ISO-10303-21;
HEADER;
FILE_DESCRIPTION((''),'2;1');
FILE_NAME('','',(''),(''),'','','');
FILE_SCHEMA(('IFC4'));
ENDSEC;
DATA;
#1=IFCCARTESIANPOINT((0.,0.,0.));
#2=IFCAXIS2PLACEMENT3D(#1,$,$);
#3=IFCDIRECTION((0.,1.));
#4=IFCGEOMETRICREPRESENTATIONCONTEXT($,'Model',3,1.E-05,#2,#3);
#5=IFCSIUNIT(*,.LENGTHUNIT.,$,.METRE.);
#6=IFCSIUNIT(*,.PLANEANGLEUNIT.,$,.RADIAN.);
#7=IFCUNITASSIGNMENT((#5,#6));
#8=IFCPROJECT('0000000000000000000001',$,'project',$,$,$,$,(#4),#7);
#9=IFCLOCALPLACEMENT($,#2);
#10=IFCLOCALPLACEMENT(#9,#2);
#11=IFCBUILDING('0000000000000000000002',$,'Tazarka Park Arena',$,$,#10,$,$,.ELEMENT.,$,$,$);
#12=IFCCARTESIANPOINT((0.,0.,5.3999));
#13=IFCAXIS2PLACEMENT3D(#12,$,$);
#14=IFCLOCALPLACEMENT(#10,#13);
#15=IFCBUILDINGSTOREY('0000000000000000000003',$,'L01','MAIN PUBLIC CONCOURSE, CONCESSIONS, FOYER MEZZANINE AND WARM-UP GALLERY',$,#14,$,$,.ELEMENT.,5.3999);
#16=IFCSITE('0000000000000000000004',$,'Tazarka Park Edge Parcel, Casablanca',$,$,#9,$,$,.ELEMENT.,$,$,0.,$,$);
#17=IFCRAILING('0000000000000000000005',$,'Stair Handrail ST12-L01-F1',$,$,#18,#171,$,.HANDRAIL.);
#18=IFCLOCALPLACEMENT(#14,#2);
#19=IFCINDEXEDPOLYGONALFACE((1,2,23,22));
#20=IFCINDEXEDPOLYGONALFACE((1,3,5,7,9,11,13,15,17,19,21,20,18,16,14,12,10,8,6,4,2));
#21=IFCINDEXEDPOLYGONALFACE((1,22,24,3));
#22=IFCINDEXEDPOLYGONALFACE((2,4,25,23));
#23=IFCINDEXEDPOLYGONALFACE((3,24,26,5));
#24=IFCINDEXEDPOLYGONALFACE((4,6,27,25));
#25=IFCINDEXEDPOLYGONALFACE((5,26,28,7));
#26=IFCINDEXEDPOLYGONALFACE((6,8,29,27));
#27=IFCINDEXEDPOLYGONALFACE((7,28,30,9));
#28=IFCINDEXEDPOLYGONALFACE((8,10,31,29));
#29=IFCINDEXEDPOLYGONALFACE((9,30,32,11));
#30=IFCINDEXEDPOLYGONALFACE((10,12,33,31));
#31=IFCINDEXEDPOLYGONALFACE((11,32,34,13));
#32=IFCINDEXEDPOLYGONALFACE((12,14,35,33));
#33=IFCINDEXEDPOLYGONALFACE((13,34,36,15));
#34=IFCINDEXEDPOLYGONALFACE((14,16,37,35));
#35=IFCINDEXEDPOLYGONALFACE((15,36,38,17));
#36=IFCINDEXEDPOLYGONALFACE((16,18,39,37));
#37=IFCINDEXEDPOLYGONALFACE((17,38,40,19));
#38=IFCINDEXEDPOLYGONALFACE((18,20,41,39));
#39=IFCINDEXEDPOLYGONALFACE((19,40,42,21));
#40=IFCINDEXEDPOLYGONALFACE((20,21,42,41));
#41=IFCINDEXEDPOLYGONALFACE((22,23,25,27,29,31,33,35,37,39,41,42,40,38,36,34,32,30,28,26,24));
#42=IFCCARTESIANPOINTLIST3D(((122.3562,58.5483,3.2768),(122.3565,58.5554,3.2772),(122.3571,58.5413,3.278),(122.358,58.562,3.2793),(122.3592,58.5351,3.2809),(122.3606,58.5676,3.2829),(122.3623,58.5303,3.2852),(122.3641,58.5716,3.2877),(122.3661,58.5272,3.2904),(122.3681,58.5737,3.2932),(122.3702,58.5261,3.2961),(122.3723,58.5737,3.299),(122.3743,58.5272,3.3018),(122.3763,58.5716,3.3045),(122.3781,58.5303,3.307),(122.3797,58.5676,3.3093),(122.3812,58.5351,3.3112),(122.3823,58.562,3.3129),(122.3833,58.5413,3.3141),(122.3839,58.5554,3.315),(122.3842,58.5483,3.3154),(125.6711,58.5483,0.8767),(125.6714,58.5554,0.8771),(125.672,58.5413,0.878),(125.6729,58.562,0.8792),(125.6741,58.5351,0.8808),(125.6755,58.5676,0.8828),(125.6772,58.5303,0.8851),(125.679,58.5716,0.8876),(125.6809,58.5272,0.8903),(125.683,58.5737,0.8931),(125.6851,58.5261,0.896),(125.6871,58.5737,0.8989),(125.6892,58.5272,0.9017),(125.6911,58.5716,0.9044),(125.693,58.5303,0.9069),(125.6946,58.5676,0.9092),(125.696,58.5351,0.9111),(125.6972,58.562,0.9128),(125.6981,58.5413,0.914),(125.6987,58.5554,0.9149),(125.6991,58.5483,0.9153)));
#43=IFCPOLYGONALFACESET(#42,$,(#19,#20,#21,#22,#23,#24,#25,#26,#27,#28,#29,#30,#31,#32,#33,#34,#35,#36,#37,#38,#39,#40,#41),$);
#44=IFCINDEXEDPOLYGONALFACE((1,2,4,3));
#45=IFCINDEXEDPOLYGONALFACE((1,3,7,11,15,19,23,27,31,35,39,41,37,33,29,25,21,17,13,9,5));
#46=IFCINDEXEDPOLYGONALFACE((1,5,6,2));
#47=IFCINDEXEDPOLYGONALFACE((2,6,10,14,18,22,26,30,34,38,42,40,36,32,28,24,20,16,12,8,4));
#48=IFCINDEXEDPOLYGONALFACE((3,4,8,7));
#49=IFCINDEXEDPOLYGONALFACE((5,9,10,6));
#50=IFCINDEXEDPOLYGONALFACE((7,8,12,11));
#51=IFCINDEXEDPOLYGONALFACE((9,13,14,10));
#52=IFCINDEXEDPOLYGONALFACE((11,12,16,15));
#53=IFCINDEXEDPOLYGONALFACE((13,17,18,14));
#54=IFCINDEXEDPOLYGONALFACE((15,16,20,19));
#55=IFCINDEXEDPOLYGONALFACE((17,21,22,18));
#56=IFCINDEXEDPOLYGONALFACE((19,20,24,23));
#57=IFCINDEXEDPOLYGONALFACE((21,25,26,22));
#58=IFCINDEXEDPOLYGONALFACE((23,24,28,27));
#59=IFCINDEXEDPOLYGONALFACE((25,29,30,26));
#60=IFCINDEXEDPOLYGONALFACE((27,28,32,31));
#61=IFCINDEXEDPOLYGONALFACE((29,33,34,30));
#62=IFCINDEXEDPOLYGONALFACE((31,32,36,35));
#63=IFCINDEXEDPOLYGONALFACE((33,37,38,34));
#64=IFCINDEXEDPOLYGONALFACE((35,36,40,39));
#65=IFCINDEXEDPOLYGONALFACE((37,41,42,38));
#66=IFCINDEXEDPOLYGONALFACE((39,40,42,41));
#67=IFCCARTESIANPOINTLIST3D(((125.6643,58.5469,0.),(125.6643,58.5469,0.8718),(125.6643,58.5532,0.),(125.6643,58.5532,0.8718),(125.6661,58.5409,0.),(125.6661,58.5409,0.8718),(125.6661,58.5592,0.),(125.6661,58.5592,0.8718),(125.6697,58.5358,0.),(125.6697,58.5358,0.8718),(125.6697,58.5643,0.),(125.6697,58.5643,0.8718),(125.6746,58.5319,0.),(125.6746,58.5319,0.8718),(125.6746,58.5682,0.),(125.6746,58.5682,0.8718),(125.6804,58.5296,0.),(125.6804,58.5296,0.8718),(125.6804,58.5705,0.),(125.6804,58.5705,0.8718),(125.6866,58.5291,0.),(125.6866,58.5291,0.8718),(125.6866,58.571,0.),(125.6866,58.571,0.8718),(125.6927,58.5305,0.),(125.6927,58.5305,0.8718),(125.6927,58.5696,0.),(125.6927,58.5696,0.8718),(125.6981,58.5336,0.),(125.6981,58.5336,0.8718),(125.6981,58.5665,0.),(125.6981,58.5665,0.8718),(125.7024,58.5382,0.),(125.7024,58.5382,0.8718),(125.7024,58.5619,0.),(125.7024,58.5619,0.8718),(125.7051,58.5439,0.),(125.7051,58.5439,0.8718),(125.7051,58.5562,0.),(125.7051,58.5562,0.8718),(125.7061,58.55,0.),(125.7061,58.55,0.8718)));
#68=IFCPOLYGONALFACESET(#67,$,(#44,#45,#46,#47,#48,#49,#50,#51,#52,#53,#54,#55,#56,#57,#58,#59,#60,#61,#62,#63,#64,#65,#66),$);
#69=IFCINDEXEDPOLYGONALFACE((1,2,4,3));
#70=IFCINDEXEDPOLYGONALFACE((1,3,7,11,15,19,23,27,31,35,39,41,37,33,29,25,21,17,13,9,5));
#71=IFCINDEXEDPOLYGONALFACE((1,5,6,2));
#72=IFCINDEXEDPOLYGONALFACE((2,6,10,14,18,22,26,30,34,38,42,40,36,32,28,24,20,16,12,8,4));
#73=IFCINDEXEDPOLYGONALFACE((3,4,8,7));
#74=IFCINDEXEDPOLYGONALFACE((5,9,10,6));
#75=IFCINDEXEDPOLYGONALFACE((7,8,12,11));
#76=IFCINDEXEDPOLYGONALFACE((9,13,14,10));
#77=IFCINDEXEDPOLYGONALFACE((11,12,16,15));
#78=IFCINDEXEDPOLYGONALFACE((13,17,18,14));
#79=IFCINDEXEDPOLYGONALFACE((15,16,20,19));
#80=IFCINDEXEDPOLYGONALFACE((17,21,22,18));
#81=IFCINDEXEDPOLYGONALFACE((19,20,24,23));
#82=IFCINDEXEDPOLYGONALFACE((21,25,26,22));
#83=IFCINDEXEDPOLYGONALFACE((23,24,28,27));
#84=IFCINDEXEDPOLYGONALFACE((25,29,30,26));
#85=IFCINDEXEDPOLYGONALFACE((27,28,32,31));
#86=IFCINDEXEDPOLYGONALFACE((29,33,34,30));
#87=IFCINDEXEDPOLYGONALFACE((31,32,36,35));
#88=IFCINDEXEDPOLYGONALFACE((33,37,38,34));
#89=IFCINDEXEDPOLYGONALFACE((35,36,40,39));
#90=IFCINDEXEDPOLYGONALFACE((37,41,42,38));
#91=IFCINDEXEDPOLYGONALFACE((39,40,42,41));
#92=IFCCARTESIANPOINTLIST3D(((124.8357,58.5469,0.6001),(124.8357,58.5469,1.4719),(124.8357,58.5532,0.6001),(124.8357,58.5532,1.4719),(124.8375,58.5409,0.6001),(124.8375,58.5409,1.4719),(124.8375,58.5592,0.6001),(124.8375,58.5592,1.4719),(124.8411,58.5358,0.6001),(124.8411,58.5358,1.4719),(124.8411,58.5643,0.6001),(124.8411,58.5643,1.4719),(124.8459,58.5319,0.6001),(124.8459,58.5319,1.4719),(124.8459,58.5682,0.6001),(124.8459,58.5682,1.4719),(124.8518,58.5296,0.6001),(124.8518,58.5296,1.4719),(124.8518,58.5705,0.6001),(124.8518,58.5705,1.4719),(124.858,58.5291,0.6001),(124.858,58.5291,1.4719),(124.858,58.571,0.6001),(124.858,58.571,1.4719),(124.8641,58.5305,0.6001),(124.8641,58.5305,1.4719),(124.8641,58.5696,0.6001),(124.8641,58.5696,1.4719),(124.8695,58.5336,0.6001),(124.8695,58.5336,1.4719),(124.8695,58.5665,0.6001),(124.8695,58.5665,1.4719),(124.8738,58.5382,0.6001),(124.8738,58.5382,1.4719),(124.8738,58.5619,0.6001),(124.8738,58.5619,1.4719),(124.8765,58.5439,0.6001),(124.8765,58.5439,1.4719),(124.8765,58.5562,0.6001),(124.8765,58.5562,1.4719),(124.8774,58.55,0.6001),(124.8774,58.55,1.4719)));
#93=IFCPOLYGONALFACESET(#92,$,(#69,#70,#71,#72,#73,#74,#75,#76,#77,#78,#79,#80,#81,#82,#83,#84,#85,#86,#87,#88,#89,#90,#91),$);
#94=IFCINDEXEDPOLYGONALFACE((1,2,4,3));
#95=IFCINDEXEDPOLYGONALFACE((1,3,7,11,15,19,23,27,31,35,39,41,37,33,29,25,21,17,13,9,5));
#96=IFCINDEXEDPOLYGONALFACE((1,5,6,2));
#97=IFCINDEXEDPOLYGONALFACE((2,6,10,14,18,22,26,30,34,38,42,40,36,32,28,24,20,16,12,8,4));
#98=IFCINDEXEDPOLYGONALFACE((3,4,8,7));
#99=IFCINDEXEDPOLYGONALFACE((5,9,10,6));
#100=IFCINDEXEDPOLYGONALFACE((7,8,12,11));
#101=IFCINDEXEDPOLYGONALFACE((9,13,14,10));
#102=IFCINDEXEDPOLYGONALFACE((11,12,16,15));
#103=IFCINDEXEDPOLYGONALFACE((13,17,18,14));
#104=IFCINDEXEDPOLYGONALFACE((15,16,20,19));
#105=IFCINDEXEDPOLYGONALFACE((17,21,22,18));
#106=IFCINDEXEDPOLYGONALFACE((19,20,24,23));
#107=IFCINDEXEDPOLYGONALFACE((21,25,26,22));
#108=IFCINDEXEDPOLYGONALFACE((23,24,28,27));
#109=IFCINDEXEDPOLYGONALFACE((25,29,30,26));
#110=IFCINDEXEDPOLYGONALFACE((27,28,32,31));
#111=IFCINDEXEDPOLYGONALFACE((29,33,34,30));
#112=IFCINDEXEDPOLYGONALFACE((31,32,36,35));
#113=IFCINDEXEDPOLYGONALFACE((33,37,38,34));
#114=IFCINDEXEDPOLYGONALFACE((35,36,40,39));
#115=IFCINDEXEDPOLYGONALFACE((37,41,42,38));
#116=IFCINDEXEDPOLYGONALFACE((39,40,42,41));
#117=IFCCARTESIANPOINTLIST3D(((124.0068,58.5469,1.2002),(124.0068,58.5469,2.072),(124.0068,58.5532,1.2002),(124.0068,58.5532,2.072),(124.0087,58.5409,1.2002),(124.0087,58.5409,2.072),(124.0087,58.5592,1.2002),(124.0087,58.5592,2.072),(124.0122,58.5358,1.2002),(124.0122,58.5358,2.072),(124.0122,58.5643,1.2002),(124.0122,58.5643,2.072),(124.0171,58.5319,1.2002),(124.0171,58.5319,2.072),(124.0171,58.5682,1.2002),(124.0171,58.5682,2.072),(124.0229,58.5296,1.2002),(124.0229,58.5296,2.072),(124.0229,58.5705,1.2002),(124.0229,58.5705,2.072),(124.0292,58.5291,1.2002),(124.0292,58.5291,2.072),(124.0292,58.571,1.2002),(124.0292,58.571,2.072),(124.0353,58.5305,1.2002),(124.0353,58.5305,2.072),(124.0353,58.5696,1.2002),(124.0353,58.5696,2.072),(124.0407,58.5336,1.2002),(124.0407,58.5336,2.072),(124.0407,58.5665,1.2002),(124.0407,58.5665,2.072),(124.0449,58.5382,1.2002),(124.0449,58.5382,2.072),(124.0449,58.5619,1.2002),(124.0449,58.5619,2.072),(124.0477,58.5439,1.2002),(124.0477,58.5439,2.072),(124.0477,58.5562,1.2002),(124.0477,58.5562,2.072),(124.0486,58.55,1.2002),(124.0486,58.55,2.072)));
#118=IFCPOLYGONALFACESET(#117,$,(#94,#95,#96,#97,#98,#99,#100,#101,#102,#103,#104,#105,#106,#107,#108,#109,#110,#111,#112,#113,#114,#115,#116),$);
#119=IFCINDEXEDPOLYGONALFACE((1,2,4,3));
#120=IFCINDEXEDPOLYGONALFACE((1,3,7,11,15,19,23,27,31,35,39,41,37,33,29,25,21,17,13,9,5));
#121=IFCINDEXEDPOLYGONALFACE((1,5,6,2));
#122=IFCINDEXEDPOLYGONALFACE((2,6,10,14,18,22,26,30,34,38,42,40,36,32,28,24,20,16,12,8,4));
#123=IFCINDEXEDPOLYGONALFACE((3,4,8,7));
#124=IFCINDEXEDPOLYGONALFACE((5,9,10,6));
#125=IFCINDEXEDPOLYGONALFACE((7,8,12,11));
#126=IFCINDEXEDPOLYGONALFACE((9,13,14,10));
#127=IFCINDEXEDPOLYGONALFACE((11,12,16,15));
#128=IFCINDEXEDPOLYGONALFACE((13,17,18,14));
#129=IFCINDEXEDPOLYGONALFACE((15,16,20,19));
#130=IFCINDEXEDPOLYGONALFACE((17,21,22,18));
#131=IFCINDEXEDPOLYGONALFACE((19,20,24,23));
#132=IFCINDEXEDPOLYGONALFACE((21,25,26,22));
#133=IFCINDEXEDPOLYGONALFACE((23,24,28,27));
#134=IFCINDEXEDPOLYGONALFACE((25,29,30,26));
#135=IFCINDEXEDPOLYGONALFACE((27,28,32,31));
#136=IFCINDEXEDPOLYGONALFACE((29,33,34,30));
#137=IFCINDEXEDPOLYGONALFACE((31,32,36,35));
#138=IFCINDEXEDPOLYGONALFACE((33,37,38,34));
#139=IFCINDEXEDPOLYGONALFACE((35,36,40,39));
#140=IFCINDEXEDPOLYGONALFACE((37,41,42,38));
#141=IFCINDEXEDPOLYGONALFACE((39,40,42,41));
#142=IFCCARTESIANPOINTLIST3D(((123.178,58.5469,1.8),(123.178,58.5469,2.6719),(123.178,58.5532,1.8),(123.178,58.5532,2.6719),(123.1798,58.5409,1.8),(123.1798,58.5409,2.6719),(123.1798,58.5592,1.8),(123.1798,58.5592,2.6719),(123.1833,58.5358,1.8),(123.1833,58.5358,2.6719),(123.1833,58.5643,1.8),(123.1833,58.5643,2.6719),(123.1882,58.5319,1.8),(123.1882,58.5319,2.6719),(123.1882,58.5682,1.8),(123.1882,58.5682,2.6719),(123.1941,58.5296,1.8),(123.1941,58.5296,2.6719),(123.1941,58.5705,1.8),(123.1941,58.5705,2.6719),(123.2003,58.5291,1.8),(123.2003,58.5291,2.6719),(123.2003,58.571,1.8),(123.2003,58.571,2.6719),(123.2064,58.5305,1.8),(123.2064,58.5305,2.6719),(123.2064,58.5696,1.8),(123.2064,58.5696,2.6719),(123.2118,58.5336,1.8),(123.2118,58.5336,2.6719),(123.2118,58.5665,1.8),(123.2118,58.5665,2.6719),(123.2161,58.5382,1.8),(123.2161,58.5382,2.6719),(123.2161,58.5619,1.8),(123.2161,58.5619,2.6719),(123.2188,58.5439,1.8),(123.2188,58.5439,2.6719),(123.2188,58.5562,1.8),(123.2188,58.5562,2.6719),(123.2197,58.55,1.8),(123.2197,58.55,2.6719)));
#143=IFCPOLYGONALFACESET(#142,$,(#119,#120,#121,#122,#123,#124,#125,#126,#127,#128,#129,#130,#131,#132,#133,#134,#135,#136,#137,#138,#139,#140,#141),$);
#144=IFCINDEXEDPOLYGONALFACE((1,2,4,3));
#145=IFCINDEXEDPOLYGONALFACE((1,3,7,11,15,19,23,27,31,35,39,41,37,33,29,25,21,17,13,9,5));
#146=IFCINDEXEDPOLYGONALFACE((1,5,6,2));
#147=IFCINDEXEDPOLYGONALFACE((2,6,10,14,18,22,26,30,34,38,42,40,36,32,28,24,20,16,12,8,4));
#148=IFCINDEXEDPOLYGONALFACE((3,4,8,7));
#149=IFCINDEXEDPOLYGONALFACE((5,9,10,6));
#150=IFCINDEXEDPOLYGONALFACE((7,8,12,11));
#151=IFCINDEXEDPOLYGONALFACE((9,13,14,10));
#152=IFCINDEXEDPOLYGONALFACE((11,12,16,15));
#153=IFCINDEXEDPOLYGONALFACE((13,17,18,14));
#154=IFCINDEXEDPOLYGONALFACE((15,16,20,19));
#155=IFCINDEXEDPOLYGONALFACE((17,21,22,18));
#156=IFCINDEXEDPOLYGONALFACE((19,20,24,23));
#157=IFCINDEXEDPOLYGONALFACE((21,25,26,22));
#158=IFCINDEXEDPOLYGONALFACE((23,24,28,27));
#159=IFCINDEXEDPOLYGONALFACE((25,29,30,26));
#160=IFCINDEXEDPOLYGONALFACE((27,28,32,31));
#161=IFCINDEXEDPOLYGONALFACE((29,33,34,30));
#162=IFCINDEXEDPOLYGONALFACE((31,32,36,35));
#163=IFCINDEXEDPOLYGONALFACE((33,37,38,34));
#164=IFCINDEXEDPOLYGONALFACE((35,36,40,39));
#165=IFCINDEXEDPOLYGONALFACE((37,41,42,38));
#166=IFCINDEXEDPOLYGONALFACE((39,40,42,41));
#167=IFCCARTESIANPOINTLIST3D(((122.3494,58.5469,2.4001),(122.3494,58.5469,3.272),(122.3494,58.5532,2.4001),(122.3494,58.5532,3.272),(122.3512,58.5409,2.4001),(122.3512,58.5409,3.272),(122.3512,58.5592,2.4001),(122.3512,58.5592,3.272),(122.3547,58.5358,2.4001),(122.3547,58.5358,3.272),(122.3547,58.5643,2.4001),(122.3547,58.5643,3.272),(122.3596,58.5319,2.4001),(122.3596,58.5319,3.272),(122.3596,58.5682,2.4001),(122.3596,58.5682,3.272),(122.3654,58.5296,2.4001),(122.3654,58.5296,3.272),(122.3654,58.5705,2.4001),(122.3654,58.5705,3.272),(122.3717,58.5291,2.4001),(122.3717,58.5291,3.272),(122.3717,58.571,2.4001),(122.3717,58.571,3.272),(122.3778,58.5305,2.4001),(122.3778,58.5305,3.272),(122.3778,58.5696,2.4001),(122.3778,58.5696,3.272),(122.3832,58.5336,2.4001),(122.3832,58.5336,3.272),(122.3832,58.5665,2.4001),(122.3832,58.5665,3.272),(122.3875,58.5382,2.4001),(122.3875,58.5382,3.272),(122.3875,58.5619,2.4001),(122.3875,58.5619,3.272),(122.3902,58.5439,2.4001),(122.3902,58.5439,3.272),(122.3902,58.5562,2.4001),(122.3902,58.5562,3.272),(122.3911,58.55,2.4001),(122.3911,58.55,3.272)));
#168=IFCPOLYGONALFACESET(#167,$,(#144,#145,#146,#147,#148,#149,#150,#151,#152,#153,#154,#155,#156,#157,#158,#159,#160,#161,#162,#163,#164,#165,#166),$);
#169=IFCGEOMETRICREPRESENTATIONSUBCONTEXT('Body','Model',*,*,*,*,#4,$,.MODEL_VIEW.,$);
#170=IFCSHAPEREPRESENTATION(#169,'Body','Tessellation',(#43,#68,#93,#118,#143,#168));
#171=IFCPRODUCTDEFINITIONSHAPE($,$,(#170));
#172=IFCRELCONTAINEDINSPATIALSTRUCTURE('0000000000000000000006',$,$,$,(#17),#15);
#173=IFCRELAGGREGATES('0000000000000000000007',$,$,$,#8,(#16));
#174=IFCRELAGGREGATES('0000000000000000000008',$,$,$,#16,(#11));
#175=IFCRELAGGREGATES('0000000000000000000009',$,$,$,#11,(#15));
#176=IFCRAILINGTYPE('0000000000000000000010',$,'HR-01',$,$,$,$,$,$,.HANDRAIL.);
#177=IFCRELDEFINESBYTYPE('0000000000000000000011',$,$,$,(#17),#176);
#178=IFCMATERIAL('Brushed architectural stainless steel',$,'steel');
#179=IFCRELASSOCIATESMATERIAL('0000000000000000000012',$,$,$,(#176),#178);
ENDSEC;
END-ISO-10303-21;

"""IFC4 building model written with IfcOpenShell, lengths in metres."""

from ifc_helpers import new_model, si_unit, direction, frame, origin, origin_2d, place, context, subcontext, project, spatial, circle, extrude, material, type_object, element, save


model = new_model("IFC4")

# Units and contexts
model_context = context("Model", 3, precision=1e-05, world=origin(), true_north=direction((0.0, 1.0)))
body_context = subcontext(model_context, "Body", "Model", "MODEL_VIEW")
ifc_project = project(units=[si_unit("LENGTHUNIT", "METRE"), si_unit("PLANEANGLEUNIT", "RADIAN")], contexts=[model_context])

# Site, building, storey
site_placement = place(None, origin())
site = spatial("IfcSite", under=ifc_project, at=site_placement, Name="Tazarka Park Edge Parcel, Casablanca", CompositionType="ELEMENT", RefElevation=0.0)
building_placement = place(site_placement, origin())
building = spatial("IfcBuilding", under=site, at=building_placement, Name="Tazarka Park Arena", CompositionType="ELEMENT")
storey_placement = place(building_placement, frame((0.0, 0.0, 5.3999)))
storey = spatial("IfcBuildingStorey", under=building, at=storey_placement, Name="L01", Description="MAIN PUBLIC CONCOURSE, CONCESSIONS, FOYER MEZZANINE AND WARM-UP GALLERY", CompositionType="ELEMENT", Elevation=5.3999)

# Railing
ifc_material_1 = material(Name="Brushed architectural stainless steel", Category="steel")
railing_type_1 = type_object("IfcRailingType", Name="HR-01", PredefinedType="HANDRAIL", material=ifc_material_1)
railing_placement = place(storey_placement, frame((125.6851, 58.55, 0.0)))
element("IfcRailing", 1, at=railing_placement, inside=storey, type_object=railing_type_1, Name="Stair Handrail ST12-L01-F1", PredefinedType="HANDRAIL", context=body_context, shape_type="SweptSolid", body=[
    extrude(circle(Radius=0.0239, at=origin_2d()), frame((0.0, 0.0, 0.896), z_axis=(-0.80998, 0.0, 0.586457), x_axis=(0.0, -1.0, 0.0)), (0.0, 0.0, 1.0), 4.0925),
    extrude(circle(Radius=0.021, at=origin_2d()), origin(), (0.0, 0.0, 1.0), 0.8718),
    extrude(circle(Radius=0.021, at=origin_2d()), frame((-0.8286, 0.0, 0.6001)), (0.0, 0.0, 1.0), 0.8718),
    extrude(circle(Radius=0.021, at=origin_2d()), frame((-1.6575, 0.0, 1.2002)), (0.0, 0.0, 1.0), 0.8718),
    extrude(circle(Radius=0.021, at=origin_2d()), frame((-2.4863, 0.0, 1.8)), (0.0, 0.0, 1.0), 0.8718),
    extrude(circle(Radius=0.021, at=origin_2d()), frame((-3.3149, 0.0, 2.4001)), (0.0, 0.0, 1.0), 0.8718),
])

save(model, "model.ifc")
